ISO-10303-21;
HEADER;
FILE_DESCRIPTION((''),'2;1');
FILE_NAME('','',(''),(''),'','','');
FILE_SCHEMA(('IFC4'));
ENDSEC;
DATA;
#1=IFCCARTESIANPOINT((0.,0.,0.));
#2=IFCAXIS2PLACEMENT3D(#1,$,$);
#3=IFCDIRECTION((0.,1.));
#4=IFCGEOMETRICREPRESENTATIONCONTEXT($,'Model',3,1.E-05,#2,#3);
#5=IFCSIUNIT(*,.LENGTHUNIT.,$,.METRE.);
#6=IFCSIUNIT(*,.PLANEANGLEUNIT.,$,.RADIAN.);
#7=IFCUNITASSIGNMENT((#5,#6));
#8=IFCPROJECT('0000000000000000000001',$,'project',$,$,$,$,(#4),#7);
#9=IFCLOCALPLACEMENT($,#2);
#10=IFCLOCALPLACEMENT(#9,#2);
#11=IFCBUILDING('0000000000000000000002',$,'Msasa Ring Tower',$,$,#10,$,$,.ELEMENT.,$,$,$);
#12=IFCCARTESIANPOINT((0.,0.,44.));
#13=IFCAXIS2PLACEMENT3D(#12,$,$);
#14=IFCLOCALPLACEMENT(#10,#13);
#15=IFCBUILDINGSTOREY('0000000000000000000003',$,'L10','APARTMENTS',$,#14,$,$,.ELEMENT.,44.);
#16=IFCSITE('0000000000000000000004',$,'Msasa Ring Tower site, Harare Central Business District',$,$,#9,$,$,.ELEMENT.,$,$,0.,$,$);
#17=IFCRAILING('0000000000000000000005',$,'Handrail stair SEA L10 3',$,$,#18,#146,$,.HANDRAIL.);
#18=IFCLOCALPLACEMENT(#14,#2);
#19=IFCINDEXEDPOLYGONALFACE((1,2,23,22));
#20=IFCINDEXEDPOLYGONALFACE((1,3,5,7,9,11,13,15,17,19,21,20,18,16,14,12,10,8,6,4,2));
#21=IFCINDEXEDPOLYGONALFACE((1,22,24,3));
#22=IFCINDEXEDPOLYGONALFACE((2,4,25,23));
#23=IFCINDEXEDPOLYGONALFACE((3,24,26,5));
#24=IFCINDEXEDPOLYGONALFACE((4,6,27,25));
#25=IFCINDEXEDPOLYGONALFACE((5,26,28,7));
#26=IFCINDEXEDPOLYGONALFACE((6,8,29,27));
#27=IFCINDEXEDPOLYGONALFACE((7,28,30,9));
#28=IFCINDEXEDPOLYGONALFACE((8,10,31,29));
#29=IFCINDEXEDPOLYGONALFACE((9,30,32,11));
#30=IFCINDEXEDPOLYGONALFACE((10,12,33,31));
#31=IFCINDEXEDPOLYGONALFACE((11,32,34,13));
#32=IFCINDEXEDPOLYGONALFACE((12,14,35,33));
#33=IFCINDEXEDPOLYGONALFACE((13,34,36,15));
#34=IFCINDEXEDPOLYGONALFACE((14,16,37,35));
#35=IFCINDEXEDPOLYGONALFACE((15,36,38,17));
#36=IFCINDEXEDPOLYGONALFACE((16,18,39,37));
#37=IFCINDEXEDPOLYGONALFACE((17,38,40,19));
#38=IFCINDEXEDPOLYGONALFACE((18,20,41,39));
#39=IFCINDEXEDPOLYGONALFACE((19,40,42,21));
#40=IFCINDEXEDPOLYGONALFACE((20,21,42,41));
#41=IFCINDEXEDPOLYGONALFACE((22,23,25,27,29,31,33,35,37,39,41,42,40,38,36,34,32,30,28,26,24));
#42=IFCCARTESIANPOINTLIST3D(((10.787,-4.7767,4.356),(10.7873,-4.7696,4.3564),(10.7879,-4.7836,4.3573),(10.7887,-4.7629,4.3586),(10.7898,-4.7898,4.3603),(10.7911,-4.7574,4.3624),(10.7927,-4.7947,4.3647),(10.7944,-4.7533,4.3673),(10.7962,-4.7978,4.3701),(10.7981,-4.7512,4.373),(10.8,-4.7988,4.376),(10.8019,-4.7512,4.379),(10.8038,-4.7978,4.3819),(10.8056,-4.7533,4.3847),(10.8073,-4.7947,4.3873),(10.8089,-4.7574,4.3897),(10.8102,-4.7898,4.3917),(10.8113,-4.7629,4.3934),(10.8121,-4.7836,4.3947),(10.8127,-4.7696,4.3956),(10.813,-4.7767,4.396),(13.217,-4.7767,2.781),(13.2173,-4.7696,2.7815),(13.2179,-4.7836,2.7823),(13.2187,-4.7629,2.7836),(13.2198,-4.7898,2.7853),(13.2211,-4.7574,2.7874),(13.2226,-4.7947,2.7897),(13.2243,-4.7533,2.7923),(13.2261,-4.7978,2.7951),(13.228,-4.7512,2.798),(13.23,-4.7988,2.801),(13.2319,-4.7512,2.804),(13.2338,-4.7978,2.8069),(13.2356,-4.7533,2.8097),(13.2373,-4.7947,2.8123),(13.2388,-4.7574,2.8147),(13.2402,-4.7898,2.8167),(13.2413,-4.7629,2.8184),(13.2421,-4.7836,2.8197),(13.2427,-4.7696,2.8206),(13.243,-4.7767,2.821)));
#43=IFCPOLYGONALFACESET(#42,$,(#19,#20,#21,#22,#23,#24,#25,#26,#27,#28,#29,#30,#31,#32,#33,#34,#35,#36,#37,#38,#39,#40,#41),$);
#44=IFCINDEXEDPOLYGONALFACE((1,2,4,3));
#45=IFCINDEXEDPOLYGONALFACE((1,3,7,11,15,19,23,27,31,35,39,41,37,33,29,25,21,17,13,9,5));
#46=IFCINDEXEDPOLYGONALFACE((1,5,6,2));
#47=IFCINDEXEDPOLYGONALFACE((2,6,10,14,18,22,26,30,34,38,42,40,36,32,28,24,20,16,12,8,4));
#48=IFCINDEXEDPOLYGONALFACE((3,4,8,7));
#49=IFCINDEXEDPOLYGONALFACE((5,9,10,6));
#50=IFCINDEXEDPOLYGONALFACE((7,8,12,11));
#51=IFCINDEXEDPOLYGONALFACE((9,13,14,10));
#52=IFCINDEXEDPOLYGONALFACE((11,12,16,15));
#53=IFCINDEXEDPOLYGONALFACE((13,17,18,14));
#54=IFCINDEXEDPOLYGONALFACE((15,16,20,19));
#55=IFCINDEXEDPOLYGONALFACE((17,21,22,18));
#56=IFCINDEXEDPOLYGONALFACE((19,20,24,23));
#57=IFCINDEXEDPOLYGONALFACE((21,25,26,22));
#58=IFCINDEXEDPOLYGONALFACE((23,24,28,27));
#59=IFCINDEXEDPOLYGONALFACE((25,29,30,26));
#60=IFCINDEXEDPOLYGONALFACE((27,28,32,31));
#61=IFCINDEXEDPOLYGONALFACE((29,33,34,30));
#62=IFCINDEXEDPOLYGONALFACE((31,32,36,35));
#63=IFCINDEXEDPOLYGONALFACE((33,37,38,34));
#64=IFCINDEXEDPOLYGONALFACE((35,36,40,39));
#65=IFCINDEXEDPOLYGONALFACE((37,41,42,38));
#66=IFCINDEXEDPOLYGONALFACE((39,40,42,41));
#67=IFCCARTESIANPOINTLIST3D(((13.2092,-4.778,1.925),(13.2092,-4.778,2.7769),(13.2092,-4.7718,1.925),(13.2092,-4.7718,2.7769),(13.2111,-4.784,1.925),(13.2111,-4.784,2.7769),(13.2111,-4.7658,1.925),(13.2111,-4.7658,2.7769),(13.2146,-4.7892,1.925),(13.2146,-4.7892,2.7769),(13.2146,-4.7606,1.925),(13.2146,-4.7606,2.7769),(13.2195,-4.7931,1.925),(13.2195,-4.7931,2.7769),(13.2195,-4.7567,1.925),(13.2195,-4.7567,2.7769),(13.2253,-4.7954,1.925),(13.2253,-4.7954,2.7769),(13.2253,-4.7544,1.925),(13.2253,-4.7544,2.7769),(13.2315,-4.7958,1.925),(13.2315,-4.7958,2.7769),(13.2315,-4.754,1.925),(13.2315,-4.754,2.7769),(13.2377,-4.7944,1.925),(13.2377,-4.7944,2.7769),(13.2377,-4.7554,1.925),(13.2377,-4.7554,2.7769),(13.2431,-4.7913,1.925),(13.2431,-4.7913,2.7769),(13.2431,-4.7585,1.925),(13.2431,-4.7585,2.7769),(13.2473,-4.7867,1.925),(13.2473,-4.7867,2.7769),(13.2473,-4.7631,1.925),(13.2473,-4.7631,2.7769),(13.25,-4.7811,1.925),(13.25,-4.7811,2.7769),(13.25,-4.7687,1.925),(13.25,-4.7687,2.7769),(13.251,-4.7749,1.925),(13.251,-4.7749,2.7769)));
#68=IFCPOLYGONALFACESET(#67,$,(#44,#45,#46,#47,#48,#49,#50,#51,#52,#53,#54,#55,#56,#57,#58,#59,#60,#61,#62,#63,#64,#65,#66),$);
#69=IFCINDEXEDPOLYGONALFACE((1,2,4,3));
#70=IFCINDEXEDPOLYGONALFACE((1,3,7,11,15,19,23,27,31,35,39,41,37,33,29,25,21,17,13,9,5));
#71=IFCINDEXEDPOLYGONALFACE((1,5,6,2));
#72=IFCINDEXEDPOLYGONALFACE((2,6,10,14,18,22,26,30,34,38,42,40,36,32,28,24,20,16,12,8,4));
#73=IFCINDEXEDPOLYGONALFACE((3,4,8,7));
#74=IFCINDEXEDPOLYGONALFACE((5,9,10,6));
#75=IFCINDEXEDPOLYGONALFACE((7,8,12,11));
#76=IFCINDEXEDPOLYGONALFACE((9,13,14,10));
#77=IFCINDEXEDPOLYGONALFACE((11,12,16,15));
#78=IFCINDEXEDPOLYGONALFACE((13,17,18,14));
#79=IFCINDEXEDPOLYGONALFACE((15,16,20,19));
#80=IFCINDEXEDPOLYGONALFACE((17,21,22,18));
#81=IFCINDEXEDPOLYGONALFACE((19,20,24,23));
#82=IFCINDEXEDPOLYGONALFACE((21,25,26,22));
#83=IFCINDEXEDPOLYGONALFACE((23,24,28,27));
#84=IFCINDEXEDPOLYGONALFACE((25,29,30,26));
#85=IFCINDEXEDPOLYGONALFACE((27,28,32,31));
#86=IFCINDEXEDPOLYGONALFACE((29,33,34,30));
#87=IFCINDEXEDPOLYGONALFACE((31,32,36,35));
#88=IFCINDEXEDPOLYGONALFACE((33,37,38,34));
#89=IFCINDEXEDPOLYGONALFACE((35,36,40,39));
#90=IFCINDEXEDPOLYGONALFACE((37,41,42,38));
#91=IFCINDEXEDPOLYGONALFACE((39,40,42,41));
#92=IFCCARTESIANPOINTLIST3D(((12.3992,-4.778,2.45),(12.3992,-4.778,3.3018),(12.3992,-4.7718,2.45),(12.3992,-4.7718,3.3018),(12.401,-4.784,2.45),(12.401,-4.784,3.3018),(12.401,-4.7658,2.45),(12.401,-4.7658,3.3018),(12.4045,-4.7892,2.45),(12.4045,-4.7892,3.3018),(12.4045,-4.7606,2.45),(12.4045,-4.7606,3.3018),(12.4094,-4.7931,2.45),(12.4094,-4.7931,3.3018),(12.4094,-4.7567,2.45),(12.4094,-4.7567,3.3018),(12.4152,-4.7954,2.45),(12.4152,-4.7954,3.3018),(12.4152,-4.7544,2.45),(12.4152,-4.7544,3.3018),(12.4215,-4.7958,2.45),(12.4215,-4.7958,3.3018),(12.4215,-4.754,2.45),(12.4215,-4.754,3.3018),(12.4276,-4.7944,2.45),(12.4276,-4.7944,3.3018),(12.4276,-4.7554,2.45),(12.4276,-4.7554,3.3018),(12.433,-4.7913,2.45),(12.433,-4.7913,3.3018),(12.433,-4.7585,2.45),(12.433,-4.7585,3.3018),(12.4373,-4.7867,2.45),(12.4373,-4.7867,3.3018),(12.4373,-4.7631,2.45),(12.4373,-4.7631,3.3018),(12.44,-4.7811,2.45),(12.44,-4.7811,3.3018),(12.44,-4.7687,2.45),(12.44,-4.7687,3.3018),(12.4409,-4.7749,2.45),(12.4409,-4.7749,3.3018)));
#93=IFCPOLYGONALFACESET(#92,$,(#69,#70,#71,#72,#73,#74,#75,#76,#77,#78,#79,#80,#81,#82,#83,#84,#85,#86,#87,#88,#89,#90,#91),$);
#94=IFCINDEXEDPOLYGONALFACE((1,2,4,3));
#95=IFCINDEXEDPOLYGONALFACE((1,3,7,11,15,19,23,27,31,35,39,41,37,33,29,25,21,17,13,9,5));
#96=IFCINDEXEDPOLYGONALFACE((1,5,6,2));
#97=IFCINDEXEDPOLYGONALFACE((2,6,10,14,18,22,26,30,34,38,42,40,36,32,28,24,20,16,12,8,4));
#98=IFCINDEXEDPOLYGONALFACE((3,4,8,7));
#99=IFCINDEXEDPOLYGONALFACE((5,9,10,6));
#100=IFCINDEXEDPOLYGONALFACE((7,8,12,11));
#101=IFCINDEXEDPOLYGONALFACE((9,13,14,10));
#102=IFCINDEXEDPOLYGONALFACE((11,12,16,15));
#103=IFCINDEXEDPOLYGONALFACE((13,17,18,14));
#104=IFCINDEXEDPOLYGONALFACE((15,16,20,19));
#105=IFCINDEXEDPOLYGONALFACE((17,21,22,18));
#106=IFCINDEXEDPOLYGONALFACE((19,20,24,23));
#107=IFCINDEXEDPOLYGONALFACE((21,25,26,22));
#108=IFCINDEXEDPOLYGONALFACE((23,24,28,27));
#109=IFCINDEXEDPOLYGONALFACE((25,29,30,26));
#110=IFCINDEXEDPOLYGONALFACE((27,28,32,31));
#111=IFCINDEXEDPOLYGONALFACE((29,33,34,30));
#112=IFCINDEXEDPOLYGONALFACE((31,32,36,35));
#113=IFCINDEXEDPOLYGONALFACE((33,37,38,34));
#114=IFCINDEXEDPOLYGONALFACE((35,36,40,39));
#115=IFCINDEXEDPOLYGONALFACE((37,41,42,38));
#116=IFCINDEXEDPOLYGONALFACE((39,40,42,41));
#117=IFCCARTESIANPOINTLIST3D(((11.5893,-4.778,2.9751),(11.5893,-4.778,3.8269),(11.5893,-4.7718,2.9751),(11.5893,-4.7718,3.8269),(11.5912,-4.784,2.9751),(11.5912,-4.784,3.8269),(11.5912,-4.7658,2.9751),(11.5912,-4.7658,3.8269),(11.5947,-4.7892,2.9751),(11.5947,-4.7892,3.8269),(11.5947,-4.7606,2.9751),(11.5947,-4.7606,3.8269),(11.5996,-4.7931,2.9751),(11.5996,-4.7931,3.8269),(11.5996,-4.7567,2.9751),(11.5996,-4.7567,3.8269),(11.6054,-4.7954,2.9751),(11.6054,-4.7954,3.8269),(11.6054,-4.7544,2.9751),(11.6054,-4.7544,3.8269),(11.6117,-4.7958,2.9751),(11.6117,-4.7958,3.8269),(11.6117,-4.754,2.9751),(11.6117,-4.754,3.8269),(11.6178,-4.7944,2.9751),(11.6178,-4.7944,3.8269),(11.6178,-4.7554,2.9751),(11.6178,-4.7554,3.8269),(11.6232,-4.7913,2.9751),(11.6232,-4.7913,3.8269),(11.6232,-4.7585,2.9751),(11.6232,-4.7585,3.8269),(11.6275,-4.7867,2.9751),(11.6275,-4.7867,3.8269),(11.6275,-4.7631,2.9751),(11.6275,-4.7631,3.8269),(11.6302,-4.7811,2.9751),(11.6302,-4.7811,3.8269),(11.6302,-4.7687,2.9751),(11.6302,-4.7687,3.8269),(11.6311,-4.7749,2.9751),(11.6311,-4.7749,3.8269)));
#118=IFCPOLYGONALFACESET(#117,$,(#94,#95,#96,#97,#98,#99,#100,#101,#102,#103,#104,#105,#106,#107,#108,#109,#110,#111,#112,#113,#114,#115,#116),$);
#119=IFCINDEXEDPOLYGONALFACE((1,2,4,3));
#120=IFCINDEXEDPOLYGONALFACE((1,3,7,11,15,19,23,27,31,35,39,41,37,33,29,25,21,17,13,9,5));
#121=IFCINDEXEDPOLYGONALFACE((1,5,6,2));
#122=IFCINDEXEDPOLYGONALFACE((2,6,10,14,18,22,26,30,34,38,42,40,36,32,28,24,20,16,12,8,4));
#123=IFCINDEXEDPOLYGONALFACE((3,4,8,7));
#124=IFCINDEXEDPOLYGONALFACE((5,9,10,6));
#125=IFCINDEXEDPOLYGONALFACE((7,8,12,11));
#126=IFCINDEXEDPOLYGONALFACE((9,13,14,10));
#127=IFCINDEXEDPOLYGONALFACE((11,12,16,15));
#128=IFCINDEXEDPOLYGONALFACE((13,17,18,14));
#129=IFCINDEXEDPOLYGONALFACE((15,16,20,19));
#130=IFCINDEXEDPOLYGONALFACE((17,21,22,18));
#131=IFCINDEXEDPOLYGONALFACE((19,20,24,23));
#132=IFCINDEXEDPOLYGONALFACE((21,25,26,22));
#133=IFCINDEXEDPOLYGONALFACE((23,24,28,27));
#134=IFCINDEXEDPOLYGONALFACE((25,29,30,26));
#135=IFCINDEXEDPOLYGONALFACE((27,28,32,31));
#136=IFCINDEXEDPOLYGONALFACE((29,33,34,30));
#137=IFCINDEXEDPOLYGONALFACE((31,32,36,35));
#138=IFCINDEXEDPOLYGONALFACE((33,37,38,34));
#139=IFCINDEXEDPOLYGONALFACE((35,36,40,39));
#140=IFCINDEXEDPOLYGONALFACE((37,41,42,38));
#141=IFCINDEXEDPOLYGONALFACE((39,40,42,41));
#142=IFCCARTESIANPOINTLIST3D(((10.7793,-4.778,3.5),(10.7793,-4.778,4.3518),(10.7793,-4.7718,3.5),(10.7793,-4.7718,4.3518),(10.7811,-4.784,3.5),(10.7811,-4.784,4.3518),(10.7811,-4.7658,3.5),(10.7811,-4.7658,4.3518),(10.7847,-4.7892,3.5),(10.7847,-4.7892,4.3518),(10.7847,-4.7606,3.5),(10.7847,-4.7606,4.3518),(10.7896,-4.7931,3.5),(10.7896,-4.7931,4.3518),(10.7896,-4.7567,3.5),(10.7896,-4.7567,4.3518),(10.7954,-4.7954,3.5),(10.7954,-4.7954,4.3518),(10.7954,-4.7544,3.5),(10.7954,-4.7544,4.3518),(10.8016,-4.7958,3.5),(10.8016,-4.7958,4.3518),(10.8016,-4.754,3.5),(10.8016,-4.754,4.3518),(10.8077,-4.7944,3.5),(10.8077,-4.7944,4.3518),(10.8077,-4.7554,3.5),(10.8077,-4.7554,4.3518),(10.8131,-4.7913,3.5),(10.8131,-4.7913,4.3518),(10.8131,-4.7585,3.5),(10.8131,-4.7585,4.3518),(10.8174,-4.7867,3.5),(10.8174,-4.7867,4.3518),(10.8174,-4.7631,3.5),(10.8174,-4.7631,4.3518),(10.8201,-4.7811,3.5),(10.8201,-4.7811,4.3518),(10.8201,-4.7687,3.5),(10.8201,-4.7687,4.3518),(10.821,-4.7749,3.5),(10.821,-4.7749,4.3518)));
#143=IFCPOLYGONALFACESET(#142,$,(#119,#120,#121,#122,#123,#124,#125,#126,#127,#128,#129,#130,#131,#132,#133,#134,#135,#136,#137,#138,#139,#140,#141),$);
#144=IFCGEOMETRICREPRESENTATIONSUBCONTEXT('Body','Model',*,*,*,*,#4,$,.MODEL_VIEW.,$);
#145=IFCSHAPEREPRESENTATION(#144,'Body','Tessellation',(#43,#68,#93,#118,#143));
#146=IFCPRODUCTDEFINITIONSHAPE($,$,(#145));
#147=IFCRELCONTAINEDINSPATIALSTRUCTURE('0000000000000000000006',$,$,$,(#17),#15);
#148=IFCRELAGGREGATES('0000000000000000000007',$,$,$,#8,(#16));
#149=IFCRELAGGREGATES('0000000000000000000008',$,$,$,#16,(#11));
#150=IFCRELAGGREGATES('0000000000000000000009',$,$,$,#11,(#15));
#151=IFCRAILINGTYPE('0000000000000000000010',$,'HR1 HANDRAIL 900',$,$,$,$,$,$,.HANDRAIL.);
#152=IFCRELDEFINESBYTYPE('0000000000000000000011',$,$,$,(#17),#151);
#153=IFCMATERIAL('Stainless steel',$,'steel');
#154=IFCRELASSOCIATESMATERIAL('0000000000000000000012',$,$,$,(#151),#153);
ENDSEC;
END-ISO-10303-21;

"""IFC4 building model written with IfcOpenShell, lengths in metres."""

from ifc_helpers import new_model, si_unit, direction, frame, origin, origin_2d, place, context, subcontext, project, spatial, circle, extrude, material, type_object, element, save


model = new_model("IFC4")

# Units and contexts
model_context = context("Model", 3, precision=1e-05, world=origin(), true_north=direction((0.0, 1.0)))
body_context = subcontext(model_context, "Body", "Model", "MODEL_VIEW")
ifc_project = project(units=[si_unit("LENGTHUNIT", "METRE"), si_unit("PLANEANGLEUNIT", "RADIAN")], contexts=[model_context])

# Site, building, storey
site_placement = place(None, origin())
site = spatial("IfcSite", under=ifc_project, at=site_placement, Name="Msasa Ring Tower site, Harare Central Business District", CompositionType="ELEMENT", RefElevation=0.0)
building_placement = place(site_placement, origin())
building = spatial("IfcBuilding", under=site, at=building_placement, Name="Msasa Ring Tower", CompositionType="ELEMENT")
storey_placement = place(building_placement, frame((0.0, 0.0, 44.0)))
storey = spatial("IfcBuildingStorey", under=building, at=storey_placement, Name="L10", Description="APARTMENTS", CompositionType="ELEMENT", Elevation=44.0)

# Railing
ifc_material_1 = material(Name="Stainless steel", Category="steel")
railing_type = type_object("IfcRailingType", Name="HR1 HANDRAIL 900", PredefinedType="HANDRAIL", material=ifc_material_1)
for number, where, name in (
    (1, (13.23, -4.7749, 1.925), "Handrail stair SEA L10 3"),
):
    element("IfcRailing", number, at=place(storey_placement, frame(where)), inside=storey, type_object=railing_type, Name=name, PredefinedType="HANDRAIL", context=body_context, shape_type="SweptSolid", body=[
        extrude(circle(Radius=0.0239, at=origin_2d()), frame((0.0, 0.0, 0.876), z_axis=(-0.839154, 0.0, 0.543894), x_axis=(0.0, -1.0, 0.0)), (0.0, 0.0, 1.0), 2.8958),
        extrude(circle(Radius=0.021, at=origin_2d()), origin(), (0.0, 0.0, 1.0), 0.8518),
        extrude(circle(Radius=0.021, at=origin_2d()), frame((-0.8101, 0.0, 0.5249)), (0.0, 0.0, 1.0), 0.8518),
        extrude(circle(Radius=0.021, at=origin_2d()), frame((-1.6199, 0.0, 1.05)), (0.0, 0.0, 1.0), 0.8518),
        extrude(circle(Radius=0.021, at=origin_2d()), frame((-2.4299, 0.0, 1.575)), (0.0, 0.0, 1.0), 0.8518),
    ])

save(model, "model.ifc")
